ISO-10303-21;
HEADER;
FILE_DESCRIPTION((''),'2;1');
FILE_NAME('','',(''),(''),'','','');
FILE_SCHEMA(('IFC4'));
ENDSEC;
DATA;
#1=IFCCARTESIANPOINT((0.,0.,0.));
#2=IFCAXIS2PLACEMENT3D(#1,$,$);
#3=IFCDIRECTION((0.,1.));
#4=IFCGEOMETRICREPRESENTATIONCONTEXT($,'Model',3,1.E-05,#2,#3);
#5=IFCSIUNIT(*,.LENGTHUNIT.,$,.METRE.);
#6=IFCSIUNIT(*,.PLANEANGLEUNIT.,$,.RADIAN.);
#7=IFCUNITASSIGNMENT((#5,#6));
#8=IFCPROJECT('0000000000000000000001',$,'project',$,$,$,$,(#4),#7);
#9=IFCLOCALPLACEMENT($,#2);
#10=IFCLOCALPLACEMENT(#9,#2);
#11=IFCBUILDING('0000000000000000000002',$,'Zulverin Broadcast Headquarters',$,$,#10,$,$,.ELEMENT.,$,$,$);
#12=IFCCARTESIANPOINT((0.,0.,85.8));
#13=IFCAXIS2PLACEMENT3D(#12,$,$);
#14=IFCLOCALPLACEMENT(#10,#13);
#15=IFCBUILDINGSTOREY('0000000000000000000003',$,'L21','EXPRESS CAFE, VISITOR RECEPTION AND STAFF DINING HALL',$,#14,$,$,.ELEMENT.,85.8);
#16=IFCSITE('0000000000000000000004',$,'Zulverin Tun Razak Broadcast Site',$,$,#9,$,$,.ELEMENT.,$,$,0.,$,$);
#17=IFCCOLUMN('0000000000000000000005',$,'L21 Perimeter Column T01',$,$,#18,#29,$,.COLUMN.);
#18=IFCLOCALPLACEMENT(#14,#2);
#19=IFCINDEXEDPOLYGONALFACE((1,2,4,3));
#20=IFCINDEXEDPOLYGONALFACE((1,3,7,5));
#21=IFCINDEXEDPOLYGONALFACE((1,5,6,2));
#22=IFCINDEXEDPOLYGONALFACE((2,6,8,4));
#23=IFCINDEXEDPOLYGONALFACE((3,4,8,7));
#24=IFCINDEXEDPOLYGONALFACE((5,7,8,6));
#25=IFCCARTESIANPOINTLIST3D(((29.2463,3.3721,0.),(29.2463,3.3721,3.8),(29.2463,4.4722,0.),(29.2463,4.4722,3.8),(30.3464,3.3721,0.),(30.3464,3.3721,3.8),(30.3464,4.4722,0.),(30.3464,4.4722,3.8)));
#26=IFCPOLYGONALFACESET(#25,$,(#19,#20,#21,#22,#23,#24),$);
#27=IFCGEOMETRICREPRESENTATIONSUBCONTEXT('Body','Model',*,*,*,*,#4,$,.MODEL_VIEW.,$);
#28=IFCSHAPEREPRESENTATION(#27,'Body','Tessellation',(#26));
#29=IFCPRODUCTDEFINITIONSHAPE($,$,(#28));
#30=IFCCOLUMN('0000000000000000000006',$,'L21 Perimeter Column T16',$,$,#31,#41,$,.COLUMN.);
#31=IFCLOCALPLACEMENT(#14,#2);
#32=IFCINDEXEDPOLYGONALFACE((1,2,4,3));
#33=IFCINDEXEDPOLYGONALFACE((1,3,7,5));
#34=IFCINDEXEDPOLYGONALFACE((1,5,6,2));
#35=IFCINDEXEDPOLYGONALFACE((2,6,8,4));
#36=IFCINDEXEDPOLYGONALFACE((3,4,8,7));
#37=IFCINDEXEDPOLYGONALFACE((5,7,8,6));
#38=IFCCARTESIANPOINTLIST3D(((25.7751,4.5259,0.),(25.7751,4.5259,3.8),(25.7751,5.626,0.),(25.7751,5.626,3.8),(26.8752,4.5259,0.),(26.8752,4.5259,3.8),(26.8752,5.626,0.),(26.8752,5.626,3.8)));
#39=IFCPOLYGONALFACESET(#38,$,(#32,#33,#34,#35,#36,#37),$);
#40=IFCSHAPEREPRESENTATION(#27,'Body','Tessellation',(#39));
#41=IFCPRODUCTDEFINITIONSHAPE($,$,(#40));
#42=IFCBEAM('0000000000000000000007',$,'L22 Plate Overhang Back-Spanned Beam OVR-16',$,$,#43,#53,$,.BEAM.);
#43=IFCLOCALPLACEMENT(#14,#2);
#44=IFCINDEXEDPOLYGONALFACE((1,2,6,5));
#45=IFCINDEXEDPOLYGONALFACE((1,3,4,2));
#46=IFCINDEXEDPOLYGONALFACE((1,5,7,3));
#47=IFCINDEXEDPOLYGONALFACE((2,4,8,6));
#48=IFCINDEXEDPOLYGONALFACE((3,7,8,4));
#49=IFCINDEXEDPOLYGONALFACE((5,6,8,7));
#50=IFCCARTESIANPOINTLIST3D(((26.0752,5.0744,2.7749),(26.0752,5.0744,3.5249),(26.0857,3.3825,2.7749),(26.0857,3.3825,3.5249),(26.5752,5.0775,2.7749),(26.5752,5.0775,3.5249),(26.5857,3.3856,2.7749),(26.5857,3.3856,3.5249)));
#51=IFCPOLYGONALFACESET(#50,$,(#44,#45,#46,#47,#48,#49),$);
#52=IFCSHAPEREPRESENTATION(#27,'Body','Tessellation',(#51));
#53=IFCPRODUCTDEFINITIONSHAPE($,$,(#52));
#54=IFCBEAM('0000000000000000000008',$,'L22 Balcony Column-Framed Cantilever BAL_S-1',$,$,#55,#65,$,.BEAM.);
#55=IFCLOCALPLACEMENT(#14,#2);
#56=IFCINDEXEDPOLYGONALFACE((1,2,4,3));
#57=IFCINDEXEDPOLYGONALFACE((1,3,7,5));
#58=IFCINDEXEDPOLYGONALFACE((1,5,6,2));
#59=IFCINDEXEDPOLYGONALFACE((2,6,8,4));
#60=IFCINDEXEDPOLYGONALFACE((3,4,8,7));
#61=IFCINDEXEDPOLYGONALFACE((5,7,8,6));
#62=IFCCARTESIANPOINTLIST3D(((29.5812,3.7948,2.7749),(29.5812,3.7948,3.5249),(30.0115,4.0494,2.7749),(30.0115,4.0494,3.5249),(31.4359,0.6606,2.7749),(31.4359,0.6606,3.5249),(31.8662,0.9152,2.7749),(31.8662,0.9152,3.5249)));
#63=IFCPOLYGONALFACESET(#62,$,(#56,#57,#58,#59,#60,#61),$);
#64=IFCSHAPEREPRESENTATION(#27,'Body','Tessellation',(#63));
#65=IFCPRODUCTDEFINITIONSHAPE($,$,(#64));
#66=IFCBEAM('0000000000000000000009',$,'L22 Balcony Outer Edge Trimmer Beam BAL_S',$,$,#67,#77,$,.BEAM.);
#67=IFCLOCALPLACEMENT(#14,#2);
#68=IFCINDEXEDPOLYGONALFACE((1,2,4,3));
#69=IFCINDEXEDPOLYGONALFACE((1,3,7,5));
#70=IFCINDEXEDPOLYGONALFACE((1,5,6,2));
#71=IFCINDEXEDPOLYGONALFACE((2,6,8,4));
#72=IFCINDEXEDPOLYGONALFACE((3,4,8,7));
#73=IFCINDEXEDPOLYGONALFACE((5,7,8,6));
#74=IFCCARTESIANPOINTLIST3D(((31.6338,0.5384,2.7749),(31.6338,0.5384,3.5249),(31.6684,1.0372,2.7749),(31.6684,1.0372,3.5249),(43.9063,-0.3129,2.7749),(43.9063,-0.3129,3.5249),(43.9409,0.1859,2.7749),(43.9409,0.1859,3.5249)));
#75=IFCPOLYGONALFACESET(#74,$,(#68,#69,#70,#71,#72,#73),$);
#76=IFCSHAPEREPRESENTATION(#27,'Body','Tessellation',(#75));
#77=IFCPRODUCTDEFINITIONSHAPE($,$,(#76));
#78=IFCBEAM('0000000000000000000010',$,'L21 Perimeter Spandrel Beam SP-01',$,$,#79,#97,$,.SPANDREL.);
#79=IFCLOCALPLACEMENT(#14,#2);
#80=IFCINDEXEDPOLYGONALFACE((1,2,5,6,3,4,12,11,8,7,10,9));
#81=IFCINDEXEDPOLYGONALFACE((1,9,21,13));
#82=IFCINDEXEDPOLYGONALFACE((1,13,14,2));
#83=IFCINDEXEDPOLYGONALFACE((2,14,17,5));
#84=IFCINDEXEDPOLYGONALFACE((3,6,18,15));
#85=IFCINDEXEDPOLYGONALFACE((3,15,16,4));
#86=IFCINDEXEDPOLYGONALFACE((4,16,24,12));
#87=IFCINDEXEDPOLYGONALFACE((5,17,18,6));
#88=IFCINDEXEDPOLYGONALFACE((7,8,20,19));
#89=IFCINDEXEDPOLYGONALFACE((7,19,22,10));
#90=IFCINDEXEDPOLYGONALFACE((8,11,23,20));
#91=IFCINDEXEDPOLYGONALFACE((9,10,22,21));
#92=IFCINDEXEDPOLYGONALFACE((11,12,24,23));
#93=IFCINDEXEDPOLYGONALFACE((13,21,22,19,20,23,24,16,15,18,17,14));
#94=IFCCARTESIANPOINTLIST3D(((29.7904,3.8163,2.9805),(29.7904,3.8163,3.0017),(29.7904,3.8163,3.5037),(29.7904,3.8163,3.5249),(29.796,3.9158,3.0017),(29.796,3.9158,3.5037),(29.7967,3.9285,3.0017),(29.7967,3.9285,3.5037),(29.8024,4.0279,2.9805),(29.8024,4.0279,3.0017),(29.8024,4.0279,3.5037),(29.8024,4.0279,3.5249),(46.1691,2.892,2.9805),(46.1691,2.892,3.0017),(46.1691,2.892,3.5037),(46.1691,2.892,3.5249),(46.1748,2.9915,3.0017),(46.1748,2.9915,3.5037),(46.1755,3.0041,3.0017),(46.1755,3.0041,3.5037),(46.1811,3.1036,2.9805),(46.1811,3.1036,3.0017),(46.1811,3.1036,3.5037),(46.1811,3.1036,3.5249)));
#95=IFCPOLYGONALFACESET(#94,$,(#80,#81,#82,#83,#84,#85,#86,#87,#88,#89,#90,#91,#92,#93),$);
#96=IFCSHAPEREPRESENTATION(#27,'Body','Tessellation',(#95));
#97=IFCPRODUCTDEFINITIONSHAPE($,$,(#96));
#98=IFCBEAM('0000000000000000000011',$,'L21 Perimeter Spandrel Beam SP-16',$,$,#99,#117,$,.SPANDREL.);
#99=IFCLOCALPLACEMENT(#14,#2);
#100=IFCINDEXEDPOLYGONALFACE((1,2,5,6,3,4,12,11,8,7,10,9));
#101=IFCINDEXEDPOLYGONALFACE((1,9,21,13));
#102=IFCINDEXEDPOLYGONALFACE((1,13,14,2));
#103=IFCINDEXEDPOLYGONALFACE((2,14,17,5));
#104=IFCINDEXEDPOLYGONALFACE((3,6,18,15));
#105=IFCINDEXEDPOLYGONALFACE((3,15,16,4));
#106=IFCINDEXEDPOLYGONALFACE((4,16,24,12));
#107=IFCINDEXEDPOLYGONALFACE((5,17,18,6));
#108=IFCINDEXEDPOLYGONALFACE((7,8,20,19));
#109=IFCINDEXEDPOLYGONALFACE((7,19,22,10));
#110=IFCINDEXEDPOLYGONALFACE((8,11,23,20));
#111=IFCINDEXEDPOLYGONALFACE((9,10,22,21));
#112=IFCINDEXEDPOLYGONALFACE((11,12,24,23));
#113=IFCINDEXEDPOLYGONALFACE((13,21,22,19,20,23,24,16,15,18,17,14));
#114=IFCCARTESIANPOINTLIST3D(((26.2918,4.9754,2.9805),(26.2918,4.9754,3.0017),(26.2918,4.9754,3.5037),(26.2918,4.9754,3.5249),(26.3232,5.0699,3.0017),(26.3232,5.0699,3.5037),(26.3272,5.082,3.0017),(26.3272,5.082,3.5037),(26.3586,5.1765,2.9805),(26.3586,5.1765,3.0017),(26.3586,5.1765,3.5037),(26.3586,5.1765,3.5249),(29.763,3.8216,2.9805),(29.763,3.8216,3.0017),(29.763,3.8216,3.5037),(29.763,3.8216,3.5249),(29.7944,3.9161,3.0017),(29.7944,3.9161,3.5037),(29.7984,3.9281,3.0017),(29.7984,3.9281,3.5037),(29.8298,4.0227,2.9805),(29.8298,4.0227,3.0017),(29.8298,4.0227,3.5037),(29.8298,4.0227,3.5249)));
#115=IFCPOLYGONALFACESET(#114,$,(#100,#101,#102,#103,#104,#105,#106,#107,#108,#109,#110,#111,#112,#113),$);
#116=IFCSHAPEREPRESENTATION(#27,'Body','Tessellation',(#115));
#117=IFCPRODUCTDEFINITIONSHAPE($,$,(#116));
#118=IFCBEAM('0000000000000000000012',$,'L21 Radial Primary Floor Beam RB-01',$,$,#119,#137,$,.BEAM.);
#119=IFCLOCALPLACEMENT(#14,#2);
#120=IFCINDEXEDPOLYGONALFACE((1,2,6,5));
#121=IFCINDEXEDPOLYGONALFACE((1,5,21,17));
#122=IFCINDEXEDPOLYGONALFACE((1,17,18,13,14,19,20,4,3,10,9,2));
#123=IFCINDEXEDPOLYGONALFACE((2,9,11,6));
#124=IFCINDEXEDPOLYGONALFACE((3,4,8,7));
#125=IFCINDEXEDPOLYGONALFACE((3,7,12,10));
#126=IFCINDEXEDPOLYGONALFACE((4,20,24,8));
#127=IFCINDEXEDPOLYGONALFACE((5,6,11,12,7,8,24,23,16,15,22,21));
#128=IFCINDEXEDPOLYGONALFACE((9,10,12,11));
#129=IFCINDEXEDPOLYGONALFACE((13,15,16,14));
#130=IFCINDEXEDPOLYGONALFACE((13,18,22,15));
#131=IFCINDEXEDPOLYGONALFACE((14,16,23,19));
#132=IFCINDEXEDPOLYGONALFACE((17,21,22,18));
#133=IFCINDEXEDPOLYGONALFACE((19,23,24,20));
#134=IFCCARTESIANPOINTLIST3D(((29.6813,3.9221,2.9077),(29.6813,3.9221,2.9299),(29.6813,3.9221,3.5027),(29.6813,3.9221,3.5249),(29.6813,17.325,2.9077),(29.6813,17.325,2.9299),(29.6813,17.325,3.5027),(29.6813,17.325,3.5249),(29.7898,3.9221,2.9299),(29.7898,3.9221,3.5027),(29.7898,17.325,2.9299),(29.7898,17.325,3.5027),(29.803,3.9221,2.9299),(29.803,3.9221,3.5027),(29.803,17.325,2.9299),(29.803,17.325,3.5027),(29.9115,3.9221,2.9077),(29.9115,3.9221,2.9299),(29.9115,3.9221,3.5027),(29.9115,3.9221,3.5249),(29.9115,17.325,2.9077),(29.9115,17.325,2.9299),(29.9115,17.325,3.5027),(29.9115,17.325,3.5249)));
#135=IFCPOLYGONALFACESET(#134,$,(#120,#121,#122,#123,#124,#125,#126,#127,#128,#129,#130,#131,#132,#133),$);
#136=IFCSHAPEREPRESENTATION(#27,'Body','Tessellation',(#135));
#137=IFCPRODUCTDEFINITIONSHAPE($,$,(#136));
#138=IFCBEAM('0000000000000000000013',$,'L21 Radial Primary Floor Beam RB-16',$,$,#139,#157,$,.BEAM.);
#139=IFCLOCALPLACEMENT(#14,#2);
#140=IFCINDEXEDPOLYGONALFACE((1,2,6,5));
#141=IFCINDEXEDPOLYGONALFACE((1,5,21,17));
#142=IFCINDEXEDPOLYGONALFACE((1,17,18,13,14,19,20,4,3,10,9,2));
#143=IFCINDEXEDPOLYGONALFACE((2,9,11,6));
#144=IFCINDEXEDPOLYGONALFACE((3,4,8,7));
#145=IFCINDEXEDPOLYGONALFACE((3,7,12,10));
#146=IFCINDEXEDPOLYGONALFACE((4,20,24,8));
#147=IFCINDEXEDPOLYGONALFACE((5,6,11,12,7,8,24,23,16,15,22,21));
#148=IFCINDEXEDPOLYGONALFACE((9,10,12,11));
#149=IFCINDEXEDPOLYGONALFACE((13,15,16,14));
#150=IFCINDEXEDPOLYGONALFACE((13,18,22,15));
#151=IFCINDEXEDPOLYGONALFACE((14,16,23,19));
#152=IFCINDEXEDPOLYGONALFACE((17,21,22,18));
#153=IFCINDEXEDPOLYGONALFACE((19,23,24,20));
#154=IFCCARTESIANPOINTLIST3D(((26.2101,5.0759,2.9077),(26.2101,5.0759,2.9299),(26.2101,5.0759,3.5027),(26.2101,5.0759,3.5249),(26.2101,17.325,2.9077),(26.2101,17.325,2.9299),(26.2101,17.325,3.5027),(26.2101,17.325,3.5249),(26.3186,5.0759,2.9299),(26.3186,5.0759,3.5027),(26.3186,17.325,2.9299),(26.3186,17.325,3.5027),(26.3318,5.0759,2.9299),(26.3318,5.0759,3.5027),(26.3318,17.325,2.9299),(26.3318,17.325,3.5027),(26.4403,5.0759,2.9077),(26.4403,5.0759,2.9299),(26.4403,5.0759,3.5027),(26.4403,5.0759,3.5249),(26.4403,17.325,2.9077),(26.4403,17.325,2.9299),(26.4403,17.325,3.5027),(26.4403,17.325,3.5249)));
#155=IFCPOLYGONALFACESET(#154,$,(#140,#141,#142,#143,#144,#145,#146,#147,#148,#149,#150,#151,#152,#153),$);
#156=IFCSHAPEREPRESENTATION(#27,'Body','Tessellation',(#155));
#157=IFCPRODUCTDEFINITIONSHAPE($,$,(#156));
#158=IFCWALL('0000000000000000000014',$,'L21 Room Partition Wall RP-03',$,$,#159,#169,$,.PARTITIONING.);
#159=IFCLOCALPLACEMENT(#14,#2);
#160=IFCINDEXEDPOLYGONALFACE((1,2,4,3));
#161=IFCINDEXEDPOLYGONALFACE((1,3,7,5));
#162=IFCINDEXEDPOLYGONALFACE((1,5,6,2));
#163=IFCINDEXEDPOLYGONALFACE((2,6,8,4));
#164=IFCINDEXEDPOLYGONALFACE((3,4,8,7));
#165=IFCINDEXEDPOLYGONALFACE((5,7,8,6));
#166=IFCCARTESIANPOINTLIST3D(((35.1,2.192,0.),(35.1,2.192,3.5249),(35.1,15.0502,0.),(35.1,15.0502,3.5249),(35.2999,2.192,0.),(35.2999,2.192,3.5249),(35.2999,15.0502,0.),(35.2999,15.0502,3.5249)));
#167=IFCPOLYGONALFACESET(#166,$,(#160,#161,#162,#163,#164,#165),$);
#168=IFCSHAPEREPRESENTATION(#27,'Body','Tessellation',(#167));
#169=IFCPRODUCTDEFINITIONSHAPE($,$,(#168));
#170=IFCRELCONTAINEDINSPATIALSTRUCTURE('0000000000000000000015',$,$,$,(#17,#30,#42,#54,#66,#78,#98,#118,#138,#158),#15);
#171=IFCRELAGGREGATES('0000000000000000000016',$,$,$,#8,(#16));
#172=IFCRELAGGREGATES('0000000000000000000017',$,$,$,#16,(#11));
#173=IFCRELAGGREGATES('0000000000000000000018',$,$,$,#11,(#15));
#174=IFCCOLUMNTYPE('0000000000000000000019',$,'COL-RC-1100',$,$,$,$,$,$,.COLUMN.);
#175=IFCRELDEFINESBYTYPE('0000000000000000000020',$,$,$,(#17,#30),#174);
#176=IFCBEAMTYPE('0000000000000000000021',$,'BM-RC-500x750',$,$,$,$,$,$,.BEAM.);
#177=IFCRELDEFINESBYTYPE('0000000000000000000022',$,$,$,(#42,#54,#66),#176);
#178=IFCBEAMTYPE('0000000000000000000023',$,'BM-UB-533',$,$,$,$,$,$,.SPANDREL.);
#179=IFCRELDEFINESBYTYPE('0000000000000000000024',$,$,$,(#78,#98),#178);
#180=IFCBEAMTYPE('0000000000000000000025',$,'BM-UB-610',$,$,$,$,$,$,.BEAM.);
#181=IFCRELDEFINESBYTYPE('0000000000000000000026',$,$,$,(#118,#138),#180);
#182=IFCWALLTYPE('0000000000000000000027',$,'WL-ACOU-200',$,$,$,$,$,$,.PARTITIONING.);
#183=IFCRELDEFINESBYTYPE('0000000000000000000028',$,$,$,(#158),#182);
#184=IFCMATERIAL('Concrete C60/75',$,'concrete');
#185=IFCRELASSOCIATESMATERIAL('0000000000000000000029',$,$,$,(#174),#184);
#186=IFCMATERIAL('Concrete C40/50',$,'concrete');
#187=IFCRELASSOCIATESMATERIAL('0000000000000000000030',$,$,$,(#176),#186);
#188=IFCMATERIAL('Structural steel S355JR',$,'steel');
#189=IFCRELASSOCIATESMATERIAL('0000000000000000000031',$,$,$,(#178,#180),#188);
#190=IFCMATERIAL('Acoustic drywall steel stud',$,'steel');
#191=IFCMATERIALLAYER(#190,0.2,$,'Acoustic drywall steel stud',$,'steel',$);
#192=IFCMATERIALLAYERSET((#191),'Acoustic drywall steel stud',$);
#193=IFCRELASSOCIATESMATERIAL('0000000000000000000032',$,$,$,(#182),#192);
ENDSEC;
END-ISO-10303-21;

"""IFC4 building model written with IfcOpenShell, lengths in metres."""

from ifc_helpers import new_model, si_unit, direction, frame, frame_2d, origin, origin_2d, place, context, subcontext, project, spatial, rectangle, i_section, extrude, material, layer, layer_set, material_profile, profile_set, type_object, element, save


model = new_model("IFC4")

# Units and contexts
model_context = context("Model", 3, precision=1e-05, world=origin(), true_north=direction((0.0, 1.0)))
body_context = subcontext(model_context, "Body", "Model", "MODEL_VIEW")
ifc_project = project(units=[si_unit("LENGTHUNIT", "METRE"), si_unit("PLANEANGLEUNIT", "RADIAN")], contexts=[model_context])

# Site, building, storey
site_placement = place(None, origin())
site = spatial("IfcSite", under=ifc_project, at=site_placement, Name="Zulverin Tun Razak Broadcast Site", CompositionType="ELEMENT", RefElevation=0.0)
building_placement = place(site_placement, origin())
building = spatial("IfcBuilding", under=site, at=building_placement, Name="Zulverin Broadcast Headquarters", CompositionType="ELEMENT")
storey_placement = place(building_placement, frame((0.0, 0.0, 85.8)))
storey = spatial("IfcBuildingStorey", under=building, at=storey_placement, Name="L21", Description="EXPRESS CAFE, VISITOR RECEPTION AND STAFF DINING HALL", CompositionType="ELEMENT", Elevation=85.8)

# Columns
ifc_material_1 = material(Name="Concrete C60/75", Category="concrete")
ifc_material_profile_1 = material_profile(ifc_material_1, rectangle(XDim=1.1001, YDim=1.1001, at=origin_2d()), Name="Concrete C60/75", Category="concrete")
ifc_profile_set_1 = profile_set([ifc_material_profile_1], Name="Concrete C60/75")
column_type = type_object("IfcColumnType", Name="COL-RC-1100", PredefinedType="COLUMN", material=ifc_profile_set_1)
for number, where, z_axis, x_axis, name in (
    (1, (29.7964, 3.9221, 0.0), (0.0, 0.0, 1.0), (1.0, 0.0, 0.0), "L21 Perimeter Column T01"),
    (2, (26.3252, 5.0759, 0.0), (0.0, 0.0, 1.0), (1.0, 0.0, 0.0), "L21 Perimeter Column T16"),
):
    element("IfcColumn", number, at=place(storey_placement, frame(where, z_axis=z_axis, x_axis=x_axis)), inside=storey, type_object=column_type, Name=name, PredefinedType="COLUMN", context=body_context, shape_type="SweptSolid", body=[
        extrude(rectangle(XDim=1.1001, YDim=1.1001, at=origin_2d()), origin(), (0.0, 0.0, 1.0), 3.8),
    ])

# Beams
ifc_material_2 = material(Name="Concrete C40/50", Category="concrete")
ifc_material_profile_2 = material_profile(ifc_material_2, rectangle(XDim=0.5, YDim=0.75, at=origin_2d()), Name="Concrete C40/50", Category="concrete")
ifc_profile_set_2 = profile_set([ifc_material_profile_2], Name="Concrete C40/50")
beam_type_1 = type_object("IfcBeamType", Name="BM-RC-500x750", PredefinedType="BEAM", material=ifc_profile_set_2)
beam_1_placement = place(storey_placement, frame((26.3252, 5.0759, 3.1499), z_axis=(0.006205, -0.999981, 0.0), x_axis=(0.999981, 0.006205, 0.0)))
element("IfcBeam", 3, at=beam_1_placement, inside=storey, type_object=beam_type_1, Name="L22 Plate Overhang Back-Spanned Beam OVR-16", PredefinedType="BEAM", context=body_context, shape_type="SweptSolid", body=[
    extrude(rectangle(XDim=0.5, YDim=0.75, at=origin_2d()), origin(), (0.0, 0.0, 1.0), 1.6919),
])
beam_2_placement = place(storey_placement, frame((29.7964, 3.9221, 3.1499), z_axis=(0.509271, -0.860606, 0.0), x_axis=(0.860606, 0.509271, 0.0)))
element("IfcBeam", 4, at=beam_2_placement, inside=storey, type_object=beam_type_1, Name="L22 Balcony Column-Framed Cantilever BAL_S-1", PredefinedType="BEAM", context=body_context, shape_type="SweptSolid", body=[
    extrude(rectangle(XDim=0.5, YDim=0.75, at=origin_2d()), origin(), (0.0, 0.0, 1.0), 3.6418),
])
beam_3_placement = place(storey_placement, frame((31.6511, 0.7878, 3.1499), z_axis=(0.997603, -0.069202, 0.0), x_axis=(0.069202, 0.997603, 0.0)))
element("IfcBeam", 5, at=beam_3_placement, inside=storey, type_object=beam_type_1, Name="L22 Balcony Outer Edge Trimmer Beam BAL_S", PredefinedType="BEAM", context=body_context, shape_type="SweptSolid", body=[
    extrude(rectangle(XDim=0.5, YDim=0.75, at=origin_2d()), origin(), (0.0, 0.0, 1.0), 12.302),
])
ifc_material_3 = material(Name="Structural steel S355JR", Category="steel")
ifc_material_profile_3 = material_profile(ifc_material_3, i_section(OverallWidth=0.2119, OverallDepth=0.5444, WebThickness=0.0127, FlangeThickness=0.0212, at=origin_2d()), Name="Structural steel S355JR", Category="steel")
ifc_profile_set_3 = profile_set([ifc_material_profile_3], Name="Structural steel S355JR")
beam_type_2 = type_object("IfcBeamType", Name="BM-UB-533", PredefinedType="SPANDREL", material=ifc_profile_set_3)
beam_4_placement = place(storey_placement, frame((29.7964, 3.9221, 3.2527), z_axis=(0.998411, -0.056345, 0.0), x_axis=(0.056345, 0.998411, 0.0)))
element("IfcBeam", 6, at=beam_4_placement, inside=storey, type_object=beam_type_2, Name="L21 Perimeter Spandrel Beam SP-01", PredefinedType="SPANDREL", context=body_context, shape_type="SweptSolid", body=[
    extrude(i_section(OverallWidth=0.2119, OverallDepth=0.5444, WebThickness=0.0127, FlangeThickness=0.0212, at=origin_2d()), origin(), (0.0, 0.0, 1.0), 16.4048),
])
beam_5_placement = place(storey_placement, frame((26.3252, 5.0759, 3.2527), z_axis=(0.94895, -0.315427, 0.0), x_axis=(0.315427, 0.94895, 0.0)))
element("IfcBeam", 7, at=beam_5_placement, inside=storey, type_object=beam_type_2, Name="L21 Perimeter Spandrel Beam SP-16", PredefinedType="SPANDREL", context=body_context, shape_type="SweptSolid", body=[
    extrude(i_section(OverallWidth=0.2119, OverallDepth=0.5444, WebThickness=0.0127, FlangeThickness=0.0212, at=origin_2d()), origin(), (0.0, 0.0, 1.0), 3.658),
])
ifc_material_profile_4 = material_profile(ifc_material_3, i_section(OverallWidth=0.2302, OverallDepth=0.6172, WebThickness=0.0132, FlangeThickness=0.0222, at=origin_2d()), Name="Structural steel S355JR", Category="steel")
ifc_profile_set_4 = profile_set([ifc_material_profile_4], Name="Structural steel S355JR")
beam_type_3 = type_object("IfcBeamType", Name="BM-UB-610", PredefinedType="BEAM", material=ifc_profile_set_4)
beam_6_placement = place(storey_placement, frame((29.7964, 17.325, 3.2163), z_axis=(0.0, -1.0, 0.0), x_axis=(1.0, 0.0, 0.0)))
element("IfcBeam", 8, at=beam_6_placement, inside=storey, type_object=beam_type_3, Name="L21 Radial Primary Floor Beam RB-01", PredefinedType="BEAM", context=body_context, shape_type="SweptSolid", body=[
    extrude(i_section(OverallWidth=0.2302, OverallDepth=0.6172, WebThickness=0.0132, FlangeThickness=0.0222, at=origin_2d()), origin(), (0.0, 0.0, 1.0), 13.4028),
])
beam_7_placement = place(storey_placement, frame((26.3252, 17.325, 3.2163), z_axis=(0.0, -1.0, 0.0), x_axis=(1.0, 0.0, 0.0)))
element("IfcBeam", 9, at=beam_7_placement, inside=storey, type_object=beam_type_3, Name="L21 Radial Primary Floor Beam RB-16", PredefinedType="BEAM", context=body_context, shape_type="SweptSolid", body=[
    extrude(i_section(OverallWidth=0.2302, OverallDepth=0.6172, WebThickness=0.0132, FlangeThickness=0.0222, at=origin_2d()), origin(), (0.0, 0.0, 1.0), 12.249),
])

# Wall
ifc_material_4 = material(Name="Acoustic drywall steel stud", Category="steel")
ifc_layer_1 = layer(ifc_material_4, 0.2, Name="Acoustic drywall steel stud", Category="steel")
ifc_layer_set_1 = layer_set([ifc_layer_1], Name="Acoustic drywall steel stud")
wall_type_1 = type_object("IfcWallType", Name="WL-ACOU-200", PredefinedType="PARTITIONING", material=ifc_layer_set_1)
wall_1_placement = place(storey_placement, frame((35.2, 2.1919, 0.0), z_axis=(0.0, 0.0, 1.0), x_axis=(0.0, 1.0, 0.0)))
element("IfcWall", 10, at=wall_1_placement, inside=storey, type_object=wall_type_1, Name="L21 Room Partition Wall RP-03", PredefinedType="PARTITIONING", context=body_context, shape_type="SweptSolid", body=[
    extrude(rectangle(XDim=12.8582, YDim=0.2, at=frame_2d((6.4292, 0.0))), origin(), (0.0, 0.0, 1.0), 3.5249),
])

save(model, "model.ifc")
